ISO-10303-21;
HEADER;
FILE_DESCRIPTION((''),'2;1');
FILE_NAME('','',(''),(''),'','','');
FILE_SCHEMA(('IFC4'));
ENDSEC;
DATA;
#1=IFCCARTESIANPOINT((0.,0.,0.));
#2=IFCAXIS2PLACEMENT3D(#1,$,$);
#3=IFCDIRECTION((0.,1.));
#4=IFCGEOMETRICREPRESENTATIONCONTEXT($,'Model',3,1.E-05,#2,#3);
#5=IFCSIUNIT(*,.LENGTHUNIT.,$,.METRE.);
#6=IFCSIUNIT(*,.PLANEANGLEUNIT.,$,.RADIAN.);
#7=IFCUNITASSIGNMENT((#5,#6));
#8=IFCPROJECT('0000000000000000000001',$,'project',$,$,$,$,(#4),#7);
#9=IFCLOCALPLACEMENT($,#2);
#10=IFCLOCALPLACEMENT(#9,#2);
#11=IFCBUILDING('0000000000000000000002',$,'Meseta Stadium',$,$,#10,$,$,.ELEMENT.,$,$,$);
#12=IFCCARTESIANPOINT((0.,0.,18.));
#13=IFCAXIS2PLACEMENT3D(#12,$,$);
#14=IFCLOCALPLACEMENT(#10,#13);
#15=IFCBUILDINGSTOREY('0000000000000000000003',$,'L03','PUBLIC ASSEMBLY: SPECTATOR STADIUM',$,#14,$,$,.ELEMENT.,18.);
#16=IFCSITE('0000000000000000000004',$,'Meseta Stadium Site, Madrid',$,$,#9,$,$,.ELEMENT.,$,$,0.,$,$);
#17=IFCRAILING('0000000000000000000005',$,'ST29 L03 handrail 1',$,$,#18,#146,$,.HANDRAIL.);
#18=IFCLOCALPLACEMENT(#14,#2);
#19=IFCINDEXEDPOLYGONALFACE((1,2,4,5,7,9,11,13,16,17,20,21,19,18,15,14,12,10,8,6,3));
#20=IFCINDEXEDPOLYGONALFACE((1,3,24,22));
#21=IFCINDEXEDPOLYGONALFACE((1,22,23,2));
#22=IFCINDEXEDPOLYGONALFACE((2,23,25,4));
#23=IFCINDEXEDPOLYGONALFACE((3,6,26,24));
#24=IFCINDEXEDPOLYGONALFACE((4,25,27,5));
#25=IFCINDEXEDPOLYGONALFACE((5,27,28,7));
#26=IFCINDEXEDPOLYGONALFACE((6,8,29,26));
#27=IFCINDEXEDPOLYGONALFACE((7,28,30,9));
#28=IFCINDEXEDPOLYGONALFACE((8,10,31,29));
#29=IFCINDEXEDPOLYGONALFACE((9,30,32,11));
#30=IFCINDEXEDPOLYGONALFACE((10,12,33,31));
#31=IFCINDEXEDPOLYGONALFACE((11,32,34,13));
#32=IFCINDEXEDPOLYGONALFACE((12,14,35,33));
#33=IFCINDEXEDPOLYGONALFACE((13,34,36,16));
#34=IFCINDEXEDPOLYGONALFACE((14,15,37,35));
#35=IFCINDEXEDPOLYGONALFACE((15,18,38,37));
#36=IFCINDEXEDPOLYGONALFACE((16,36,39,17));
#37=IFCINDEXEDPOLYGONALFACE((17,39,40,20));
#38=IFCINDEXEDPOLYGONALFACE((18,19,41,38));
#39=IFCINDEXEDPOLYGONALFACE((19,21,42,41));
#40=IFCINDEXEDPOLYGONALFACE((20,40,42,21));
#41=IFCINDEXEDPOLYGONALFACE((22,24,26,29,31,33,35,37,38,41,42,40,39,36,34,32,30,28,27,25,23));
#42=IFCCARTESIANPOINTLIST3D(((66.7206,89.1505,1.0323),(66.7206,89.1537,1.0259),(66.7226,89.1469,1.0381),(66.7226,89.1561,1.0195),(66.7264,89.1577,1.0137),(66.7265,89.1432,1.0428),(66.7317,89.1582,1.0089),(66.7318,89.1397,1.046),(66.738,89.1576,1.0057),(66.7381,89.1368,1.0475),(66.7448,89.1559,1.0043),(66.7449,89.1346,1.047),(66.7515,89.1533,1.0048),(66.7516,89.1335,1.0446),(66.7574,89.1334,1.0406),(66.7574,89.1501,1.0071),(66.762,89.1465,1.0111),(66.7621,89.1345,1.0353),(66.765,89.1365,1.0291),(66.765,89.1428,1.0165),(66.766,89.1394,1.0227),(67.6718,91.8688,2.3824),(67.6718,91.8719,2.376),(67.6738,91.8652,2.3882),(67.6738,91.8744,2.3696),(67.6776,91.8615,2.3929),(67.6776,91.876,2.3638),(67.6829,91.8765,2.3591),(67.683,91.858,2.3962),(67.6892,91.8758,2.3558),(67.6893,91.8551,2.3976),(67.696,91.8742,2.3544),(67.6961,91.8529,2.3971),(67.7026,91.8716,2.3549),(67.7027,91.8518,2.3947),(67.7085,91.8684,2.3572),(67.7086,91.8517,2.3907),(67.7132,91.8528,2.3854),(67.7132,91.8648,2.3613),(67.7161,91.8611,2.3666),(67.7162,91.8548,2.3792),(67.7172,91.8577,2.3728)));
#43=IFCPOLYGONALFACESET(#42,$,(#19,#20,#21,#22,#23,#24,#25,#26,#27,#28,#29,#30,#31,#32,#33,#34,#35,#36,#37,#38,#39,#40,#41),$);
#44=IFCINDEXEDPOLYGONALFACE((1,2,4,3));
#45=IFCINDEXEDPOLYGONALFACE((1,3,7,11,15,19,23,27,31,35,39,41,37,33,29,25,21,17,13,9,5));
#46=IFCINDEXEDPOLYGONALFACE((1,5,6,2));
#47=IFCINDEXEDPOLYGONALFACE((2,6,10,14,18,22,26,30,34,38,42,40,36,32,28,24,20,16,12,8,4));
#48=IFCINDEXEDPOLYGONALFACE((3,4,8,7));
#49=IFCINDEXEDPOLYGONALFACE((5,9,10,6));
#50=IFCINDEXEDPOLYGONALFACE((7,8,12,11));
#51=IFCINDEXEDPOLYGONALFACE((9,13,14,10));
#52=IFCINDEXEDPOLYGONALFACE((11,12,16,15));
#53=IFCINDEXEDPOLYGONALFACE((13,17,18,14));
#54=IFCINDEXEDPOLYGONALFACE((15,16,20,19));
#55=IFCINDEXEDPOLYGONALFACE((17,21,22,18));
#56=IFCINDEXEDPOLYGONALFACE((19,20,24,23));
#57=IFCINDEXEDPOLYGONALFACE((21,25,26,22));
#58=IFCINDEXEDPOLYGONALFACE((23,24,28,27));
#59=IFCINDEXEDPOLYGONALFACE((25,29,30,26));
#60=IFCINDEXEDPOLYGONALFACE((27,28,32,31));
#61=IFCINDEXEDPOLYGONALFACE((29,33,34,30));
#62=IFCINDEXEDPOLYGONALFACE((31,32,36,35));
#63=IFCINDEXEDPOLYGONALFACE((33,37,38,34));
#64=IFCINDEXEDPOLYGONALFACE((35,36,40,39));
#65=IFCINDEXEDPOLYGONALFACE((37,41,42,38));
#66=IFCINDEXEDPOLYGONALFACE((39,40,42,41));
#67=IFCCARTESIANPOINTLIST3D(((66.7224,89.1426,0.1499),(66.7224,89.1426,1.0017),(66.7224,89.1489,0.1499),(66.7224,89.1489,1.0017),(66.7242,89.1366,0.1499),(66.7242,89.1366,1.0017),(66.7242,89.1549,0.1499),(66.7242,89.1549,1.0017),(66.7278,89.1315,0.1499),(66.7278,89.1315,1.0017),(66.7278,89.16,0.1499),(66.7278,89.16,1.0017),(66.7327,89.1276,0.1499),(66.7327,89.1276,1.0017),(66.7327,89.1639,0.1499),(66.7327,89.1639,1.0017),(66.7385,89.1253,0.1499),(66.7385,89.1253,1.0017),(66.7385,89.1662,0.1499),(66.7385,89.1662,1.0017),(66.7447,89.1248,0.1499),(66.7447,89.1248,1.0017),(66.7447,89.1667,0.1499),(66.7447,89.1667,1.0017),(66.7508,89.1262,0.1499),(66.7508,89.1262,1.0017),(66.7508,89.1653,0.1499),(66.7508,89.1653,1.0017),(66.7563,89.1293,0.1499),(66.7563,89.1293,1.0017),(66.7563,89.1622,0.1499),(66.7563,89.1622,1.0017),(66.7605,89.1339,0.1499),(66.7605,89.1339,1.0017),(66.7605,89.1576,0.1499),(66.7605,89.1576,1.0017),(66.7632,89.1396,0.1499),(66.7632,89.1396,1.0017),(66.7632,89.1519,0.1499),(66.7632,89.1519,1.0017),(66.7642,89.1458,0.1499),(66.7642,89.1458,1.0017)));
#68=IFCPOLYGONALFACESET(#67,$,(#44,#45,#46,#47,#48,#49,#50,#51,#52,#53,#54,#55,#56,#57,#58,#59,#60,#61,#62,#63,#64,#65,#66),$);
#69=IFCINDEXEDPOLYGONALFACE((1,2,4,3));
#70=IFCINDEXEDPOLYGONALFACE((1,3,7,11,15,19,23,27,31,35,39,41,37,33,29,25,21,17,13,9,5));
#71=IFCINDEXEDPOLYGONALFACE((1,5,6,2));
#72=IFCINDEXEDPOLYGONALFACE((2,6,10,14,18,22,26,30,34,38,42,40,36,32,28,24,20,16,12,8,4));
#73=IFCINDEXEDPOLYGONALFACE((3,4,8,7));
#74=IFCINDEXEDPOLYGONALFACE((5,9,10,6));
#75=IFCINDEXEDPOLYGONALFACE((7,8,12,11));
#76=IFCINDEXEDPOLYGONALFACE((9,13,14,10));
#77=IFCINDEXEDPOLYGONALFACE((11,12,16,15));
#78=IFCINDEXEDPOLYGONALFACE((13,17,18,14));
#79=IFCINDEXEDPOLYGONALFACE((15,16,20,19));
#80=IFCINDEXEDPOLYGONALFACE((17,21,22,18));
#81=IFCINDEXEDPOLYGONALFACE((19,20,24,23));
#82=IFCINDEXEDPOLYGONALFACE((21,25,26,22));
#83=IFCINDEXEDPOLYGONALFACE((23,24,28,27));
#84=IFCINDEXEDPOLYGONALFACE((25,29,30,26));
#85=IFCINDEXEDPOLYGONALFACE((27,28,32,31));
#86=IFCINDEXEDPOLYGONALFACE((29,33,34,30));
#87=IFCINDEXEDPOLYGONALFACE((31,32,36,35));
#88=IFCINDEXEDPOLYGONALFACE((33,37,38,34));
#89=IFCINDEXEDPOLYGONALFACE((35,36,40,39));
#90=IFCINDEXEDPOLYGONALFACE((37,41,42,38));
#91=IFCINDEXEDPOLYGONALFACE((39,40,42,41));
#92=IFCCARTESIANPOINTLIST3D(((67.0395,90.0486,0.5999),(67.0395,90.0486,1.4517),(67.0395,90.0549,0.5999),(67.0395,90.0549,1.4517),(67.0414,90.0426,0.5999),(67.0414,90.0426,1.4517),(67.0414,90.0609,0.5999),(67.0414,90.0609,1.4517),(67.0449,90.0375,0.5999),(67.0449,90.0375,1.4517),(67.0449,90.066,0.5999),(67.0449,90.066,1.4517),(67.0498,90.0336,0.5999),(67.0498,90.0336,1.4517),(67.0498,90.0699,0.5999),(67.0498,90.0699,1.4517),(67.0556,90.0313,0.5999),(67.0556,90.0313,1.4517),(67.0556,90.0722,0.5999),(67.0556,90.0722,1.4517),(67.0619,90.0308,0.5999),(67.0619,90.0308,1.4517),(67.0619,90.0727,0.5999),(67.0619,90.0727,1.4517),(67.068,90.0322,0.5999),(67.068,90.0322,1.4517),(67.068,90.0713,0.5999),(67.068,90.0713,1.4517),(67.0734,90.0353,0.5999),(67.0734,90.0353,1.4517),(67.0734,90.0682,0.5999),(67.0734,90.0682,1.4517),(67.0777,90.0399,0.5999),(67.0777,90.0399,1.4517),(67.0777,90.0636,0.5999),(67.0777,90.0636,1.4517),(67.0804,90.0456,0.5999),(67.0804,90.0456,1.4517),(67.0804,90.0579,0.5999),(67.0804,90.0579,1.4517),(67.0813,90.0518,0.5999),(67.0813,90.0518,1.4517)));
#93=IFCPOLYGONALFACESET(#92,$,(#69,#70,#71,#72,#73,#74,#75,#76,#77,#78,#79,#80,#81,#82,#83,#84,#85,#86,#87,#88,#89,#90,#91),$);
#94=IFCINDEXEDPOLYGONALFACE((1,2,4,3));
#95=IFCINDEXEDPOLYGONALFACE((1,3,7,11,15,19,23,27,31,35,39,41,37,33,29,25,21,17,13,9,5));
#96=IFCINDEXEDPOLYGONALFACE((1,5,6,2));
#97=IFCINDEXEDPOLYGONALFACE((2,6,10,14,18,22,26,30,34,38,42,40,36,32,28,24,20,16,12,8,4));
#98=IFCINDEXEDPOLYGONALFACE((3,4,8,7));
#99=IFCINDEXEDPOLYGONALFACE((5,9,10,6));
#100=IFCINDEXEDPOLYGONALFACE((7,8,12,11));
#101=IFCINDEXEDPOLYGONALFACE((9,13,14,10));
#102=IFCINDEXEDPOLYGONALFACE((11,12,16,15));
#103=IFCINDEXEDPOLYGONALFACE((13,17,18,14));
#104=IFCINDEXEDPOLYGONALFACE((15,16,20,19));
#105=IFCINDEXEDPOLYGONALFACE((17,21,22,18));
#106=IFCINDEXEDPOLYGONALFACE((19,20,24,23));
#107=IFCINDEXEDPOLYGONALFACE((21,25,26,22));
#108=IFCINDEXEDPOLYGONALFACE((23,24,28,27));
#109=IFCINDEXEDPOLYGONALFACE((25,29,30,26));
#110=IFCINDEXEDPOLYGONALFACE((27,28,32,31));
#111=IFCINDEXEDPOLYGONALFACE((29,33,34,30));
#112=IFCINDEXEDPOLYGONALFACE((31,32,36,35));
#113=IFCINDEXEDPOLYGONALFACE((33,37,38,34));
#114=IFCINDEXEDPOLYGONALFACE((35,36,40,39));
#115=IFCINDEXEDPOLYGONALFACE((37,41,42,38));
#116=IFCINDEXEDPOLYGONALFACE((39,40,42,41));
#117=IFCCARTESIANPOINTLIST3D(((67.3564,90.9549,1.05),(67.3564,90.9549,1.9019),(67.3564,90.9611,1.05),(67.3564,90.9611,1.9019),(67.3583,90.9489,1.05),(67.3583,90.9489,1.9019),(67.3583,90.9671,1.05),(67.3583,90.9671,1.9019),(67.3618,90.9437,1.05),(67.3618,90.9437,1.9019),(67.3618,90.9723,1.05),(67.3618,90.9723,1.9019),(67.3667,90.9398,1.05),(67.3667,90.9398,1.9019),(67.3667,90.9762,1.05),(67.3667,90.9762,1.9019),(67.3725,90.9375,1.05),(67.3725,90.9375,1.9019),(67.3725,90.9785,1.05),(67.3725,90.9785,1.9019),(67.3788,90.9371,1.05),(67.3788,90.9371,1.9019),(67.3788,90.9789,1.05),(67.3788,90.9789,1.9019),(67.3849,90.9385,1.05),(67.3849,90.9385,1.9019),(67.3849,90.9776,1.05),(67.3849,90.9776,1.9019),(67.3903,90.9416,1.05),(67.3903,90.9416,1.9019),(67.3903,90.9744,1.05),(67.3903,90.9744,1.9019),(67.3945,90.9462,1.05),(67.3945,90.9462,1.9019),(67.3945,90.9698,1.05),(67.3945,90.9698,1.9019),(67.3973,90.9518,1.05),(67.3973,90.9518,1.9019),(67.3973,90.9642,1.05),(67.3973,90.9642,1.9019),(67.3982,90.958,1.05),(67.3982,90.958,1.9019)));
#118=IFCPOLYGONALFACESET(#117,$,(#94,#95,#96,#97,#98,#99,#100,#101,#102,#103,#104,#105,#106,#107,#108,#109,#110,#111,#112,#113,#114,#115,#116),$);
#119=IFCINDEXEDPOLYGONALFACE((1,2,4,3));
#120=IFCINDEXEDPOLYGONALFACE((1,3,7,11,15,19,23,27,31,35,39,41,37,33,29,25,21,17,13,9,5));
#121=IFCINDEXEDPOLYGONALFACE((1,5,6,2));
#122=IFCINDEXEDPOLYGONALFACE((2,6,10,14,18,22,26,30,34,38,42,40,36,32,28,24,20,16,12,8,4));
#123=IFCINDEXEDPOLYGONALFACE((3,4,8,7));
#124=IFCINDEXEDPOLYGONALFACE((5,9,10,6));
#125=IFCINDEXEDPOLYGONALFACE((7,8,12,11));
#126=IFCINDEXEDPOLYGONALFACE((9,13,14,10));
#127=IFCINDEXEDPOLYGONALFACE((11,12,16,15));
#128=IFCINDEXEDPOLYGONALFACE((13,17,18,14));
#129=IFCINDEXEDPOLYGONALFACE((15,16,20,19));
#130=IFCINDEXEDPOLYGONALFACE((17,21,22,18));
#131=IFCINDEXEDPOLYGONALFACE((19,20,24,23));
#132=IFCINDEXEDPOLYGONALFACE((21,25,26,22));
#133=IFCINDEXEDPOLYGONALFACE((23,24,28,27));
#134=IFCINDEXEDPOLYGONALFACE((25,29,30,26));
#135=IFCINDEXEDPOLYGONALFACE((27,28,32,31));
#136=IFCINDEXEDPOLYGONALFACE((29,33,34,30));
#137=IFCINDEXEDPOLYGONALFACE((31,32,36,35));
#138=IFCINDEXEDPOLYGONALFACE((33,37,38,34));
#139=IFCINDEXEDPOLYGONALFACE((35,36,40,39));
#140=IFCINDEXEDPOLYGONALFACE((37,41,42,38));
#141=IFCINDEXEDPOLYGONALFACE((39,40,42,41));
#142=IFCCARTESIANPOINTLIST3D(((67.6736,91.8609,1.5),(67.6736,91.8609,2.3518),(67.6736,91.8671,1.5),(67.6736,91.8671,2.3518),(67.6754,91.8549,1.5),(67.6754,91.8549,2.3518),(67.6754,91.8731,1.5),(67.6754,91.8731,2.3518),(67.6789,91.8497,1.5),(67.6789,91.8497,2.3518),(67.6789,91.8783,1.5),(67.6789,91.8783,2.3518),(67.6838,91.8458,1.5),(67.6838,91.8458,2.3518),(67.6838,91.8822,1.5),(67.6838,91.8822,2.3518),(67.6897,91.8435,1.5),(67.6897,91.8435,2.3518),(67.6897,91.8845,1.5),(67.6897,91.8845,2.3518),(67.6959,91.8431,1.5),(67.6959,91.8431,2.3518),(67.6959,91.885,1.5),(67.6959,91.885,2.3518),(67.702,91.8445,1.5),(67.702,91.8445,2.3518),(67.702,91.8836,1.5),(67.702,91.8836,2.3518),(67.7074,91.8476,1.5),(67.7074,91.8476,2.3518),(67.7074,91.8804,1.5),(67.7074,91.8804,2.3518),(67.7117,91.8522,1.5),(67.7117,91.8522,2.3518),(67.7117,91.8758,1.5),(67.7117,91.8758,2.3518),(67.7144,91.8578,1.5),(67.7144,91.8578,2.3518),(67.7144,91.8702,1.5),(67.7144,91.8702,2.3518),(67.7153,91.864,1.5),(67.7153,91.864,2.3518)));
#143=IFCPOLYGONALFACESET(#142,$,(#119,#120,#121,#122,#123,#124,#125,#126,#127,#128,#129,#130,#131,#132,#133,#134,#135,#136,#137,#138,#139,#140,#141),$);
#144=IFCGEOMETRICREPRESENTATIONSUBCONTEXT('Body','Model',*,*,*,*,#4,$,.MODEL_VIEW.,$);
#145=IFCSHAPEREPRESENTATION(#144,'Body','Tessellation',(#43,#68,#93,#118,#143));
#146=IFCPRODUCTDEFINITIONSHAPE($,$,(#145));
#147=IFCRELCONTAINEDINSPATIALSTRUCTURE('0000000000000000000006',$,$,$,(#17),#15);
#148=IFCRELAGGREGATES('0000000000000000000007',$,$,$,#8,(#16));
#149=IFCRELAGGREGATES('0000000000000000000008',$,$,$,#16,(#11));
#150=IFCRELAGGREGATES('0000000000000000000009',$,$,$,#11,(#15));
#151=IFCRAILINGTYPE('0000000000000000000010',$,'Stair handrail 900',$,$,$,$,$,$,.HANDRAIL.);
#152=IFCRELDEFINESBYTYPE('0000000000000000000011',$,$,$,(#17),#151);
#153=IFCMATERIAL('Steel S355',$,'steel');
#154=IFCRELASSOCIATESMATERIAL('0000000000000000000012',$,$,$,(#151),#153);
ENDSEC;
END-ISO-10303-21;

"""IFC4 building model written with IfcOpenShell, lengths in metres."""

from ifc_helpers import new_model, si_unit, direction, frame, origin, origin_2d, place, context, subcontext, project, spatial, circle, extrude, material, type_object, element, save


model = new_model("IFC4")

# Units and contexts
model_context = context("Model", 3, precision=1e-05, world=origin(), true_north=direction((0.0, 1.0)))
body_context = subcontext(model_context, "Body", "Model", "MODEL_VIEW")
ifc_project = project(units=[si_unit("LENGTHUNIT", "METRE"), si_unit("PLANEANGLEUNIT", "RADIAN")], contexts=[model_context])

# Site, building, storey
site_placement = place(None, origin())
site = spatial("IfcSite", under=ifc_project, at=site_placement, Name="Meseta Stadium Site, Madrid", CompositionType="ELEMENT", RefElevation=0.0)
building_placement = place(site_placement, origin())
building = spatial("IfcBuilding", under=site, at=building_placement, Name="Meseta Stadium", CompositionType="ELEMENT")
storey_placement = place(building_placement, frame((0.0, 0.0, 18.0)))
storey = spatial("IfcBuildingStorey", under=building, at=storey_placement, Name="L03", Description="PUBLIC ASSEMBLY: SPECTATOR STADIUM", CompositionType="ELEMENT", Elevation=18.0)

# Railing
ifc_material_1 = material(Name="Steel S355", Category="steel")
railing_type_1 = type_object("IfcRailingType", Name="Stair handrail 900", PredefinedType="HANDRAIL", material=ifc_material_1)
railing_1_placement = place(storey_placement, frame((66.7432, 89.1458, 0.1499)))
element("IfcRailing", 1, at=railing_1_placement, inside=storey, type_object=railing_type_1, Name="ST29 L03 handrail 1", PredefinedType="HANDRAIL", context=body_context, shape_type="SweptSolid", body=[
    extrude(circle(Radius=0.0239, at=origin_2d()), frame((0.0, 0.0, 0.876), z_axis=(0.299051, 0.854629, 0.424474), x_axis=(-0.943882, 0.330282, 0.0)), (0.0, 0.0, 1.0), 3.1807),
    extrude(circle(Radius=0.021, at=origin_2d()), origin(), (0.0, 0.0, 1.0), 0.8518),
    extrude(circle(Radius=0.021, at=origin_2d()), frame((0.3171, 0.906, 0.45)), (0.0, 0.0, 1.0), 0.8518),
    extrude(circle(Radius=0.021, at=origin_2d()), frame((0.634, 1.8123, 0.9001)), (0.0, 0.0, 1.0), 0.8518),
    extrude(circle(Radius=0.021, at=origin_2d()), frame((0.9512, 2.7183, 1.3501)), (0.0, 0.0, 1.0), 0.8518),
])

save(model, "model.ifc")
